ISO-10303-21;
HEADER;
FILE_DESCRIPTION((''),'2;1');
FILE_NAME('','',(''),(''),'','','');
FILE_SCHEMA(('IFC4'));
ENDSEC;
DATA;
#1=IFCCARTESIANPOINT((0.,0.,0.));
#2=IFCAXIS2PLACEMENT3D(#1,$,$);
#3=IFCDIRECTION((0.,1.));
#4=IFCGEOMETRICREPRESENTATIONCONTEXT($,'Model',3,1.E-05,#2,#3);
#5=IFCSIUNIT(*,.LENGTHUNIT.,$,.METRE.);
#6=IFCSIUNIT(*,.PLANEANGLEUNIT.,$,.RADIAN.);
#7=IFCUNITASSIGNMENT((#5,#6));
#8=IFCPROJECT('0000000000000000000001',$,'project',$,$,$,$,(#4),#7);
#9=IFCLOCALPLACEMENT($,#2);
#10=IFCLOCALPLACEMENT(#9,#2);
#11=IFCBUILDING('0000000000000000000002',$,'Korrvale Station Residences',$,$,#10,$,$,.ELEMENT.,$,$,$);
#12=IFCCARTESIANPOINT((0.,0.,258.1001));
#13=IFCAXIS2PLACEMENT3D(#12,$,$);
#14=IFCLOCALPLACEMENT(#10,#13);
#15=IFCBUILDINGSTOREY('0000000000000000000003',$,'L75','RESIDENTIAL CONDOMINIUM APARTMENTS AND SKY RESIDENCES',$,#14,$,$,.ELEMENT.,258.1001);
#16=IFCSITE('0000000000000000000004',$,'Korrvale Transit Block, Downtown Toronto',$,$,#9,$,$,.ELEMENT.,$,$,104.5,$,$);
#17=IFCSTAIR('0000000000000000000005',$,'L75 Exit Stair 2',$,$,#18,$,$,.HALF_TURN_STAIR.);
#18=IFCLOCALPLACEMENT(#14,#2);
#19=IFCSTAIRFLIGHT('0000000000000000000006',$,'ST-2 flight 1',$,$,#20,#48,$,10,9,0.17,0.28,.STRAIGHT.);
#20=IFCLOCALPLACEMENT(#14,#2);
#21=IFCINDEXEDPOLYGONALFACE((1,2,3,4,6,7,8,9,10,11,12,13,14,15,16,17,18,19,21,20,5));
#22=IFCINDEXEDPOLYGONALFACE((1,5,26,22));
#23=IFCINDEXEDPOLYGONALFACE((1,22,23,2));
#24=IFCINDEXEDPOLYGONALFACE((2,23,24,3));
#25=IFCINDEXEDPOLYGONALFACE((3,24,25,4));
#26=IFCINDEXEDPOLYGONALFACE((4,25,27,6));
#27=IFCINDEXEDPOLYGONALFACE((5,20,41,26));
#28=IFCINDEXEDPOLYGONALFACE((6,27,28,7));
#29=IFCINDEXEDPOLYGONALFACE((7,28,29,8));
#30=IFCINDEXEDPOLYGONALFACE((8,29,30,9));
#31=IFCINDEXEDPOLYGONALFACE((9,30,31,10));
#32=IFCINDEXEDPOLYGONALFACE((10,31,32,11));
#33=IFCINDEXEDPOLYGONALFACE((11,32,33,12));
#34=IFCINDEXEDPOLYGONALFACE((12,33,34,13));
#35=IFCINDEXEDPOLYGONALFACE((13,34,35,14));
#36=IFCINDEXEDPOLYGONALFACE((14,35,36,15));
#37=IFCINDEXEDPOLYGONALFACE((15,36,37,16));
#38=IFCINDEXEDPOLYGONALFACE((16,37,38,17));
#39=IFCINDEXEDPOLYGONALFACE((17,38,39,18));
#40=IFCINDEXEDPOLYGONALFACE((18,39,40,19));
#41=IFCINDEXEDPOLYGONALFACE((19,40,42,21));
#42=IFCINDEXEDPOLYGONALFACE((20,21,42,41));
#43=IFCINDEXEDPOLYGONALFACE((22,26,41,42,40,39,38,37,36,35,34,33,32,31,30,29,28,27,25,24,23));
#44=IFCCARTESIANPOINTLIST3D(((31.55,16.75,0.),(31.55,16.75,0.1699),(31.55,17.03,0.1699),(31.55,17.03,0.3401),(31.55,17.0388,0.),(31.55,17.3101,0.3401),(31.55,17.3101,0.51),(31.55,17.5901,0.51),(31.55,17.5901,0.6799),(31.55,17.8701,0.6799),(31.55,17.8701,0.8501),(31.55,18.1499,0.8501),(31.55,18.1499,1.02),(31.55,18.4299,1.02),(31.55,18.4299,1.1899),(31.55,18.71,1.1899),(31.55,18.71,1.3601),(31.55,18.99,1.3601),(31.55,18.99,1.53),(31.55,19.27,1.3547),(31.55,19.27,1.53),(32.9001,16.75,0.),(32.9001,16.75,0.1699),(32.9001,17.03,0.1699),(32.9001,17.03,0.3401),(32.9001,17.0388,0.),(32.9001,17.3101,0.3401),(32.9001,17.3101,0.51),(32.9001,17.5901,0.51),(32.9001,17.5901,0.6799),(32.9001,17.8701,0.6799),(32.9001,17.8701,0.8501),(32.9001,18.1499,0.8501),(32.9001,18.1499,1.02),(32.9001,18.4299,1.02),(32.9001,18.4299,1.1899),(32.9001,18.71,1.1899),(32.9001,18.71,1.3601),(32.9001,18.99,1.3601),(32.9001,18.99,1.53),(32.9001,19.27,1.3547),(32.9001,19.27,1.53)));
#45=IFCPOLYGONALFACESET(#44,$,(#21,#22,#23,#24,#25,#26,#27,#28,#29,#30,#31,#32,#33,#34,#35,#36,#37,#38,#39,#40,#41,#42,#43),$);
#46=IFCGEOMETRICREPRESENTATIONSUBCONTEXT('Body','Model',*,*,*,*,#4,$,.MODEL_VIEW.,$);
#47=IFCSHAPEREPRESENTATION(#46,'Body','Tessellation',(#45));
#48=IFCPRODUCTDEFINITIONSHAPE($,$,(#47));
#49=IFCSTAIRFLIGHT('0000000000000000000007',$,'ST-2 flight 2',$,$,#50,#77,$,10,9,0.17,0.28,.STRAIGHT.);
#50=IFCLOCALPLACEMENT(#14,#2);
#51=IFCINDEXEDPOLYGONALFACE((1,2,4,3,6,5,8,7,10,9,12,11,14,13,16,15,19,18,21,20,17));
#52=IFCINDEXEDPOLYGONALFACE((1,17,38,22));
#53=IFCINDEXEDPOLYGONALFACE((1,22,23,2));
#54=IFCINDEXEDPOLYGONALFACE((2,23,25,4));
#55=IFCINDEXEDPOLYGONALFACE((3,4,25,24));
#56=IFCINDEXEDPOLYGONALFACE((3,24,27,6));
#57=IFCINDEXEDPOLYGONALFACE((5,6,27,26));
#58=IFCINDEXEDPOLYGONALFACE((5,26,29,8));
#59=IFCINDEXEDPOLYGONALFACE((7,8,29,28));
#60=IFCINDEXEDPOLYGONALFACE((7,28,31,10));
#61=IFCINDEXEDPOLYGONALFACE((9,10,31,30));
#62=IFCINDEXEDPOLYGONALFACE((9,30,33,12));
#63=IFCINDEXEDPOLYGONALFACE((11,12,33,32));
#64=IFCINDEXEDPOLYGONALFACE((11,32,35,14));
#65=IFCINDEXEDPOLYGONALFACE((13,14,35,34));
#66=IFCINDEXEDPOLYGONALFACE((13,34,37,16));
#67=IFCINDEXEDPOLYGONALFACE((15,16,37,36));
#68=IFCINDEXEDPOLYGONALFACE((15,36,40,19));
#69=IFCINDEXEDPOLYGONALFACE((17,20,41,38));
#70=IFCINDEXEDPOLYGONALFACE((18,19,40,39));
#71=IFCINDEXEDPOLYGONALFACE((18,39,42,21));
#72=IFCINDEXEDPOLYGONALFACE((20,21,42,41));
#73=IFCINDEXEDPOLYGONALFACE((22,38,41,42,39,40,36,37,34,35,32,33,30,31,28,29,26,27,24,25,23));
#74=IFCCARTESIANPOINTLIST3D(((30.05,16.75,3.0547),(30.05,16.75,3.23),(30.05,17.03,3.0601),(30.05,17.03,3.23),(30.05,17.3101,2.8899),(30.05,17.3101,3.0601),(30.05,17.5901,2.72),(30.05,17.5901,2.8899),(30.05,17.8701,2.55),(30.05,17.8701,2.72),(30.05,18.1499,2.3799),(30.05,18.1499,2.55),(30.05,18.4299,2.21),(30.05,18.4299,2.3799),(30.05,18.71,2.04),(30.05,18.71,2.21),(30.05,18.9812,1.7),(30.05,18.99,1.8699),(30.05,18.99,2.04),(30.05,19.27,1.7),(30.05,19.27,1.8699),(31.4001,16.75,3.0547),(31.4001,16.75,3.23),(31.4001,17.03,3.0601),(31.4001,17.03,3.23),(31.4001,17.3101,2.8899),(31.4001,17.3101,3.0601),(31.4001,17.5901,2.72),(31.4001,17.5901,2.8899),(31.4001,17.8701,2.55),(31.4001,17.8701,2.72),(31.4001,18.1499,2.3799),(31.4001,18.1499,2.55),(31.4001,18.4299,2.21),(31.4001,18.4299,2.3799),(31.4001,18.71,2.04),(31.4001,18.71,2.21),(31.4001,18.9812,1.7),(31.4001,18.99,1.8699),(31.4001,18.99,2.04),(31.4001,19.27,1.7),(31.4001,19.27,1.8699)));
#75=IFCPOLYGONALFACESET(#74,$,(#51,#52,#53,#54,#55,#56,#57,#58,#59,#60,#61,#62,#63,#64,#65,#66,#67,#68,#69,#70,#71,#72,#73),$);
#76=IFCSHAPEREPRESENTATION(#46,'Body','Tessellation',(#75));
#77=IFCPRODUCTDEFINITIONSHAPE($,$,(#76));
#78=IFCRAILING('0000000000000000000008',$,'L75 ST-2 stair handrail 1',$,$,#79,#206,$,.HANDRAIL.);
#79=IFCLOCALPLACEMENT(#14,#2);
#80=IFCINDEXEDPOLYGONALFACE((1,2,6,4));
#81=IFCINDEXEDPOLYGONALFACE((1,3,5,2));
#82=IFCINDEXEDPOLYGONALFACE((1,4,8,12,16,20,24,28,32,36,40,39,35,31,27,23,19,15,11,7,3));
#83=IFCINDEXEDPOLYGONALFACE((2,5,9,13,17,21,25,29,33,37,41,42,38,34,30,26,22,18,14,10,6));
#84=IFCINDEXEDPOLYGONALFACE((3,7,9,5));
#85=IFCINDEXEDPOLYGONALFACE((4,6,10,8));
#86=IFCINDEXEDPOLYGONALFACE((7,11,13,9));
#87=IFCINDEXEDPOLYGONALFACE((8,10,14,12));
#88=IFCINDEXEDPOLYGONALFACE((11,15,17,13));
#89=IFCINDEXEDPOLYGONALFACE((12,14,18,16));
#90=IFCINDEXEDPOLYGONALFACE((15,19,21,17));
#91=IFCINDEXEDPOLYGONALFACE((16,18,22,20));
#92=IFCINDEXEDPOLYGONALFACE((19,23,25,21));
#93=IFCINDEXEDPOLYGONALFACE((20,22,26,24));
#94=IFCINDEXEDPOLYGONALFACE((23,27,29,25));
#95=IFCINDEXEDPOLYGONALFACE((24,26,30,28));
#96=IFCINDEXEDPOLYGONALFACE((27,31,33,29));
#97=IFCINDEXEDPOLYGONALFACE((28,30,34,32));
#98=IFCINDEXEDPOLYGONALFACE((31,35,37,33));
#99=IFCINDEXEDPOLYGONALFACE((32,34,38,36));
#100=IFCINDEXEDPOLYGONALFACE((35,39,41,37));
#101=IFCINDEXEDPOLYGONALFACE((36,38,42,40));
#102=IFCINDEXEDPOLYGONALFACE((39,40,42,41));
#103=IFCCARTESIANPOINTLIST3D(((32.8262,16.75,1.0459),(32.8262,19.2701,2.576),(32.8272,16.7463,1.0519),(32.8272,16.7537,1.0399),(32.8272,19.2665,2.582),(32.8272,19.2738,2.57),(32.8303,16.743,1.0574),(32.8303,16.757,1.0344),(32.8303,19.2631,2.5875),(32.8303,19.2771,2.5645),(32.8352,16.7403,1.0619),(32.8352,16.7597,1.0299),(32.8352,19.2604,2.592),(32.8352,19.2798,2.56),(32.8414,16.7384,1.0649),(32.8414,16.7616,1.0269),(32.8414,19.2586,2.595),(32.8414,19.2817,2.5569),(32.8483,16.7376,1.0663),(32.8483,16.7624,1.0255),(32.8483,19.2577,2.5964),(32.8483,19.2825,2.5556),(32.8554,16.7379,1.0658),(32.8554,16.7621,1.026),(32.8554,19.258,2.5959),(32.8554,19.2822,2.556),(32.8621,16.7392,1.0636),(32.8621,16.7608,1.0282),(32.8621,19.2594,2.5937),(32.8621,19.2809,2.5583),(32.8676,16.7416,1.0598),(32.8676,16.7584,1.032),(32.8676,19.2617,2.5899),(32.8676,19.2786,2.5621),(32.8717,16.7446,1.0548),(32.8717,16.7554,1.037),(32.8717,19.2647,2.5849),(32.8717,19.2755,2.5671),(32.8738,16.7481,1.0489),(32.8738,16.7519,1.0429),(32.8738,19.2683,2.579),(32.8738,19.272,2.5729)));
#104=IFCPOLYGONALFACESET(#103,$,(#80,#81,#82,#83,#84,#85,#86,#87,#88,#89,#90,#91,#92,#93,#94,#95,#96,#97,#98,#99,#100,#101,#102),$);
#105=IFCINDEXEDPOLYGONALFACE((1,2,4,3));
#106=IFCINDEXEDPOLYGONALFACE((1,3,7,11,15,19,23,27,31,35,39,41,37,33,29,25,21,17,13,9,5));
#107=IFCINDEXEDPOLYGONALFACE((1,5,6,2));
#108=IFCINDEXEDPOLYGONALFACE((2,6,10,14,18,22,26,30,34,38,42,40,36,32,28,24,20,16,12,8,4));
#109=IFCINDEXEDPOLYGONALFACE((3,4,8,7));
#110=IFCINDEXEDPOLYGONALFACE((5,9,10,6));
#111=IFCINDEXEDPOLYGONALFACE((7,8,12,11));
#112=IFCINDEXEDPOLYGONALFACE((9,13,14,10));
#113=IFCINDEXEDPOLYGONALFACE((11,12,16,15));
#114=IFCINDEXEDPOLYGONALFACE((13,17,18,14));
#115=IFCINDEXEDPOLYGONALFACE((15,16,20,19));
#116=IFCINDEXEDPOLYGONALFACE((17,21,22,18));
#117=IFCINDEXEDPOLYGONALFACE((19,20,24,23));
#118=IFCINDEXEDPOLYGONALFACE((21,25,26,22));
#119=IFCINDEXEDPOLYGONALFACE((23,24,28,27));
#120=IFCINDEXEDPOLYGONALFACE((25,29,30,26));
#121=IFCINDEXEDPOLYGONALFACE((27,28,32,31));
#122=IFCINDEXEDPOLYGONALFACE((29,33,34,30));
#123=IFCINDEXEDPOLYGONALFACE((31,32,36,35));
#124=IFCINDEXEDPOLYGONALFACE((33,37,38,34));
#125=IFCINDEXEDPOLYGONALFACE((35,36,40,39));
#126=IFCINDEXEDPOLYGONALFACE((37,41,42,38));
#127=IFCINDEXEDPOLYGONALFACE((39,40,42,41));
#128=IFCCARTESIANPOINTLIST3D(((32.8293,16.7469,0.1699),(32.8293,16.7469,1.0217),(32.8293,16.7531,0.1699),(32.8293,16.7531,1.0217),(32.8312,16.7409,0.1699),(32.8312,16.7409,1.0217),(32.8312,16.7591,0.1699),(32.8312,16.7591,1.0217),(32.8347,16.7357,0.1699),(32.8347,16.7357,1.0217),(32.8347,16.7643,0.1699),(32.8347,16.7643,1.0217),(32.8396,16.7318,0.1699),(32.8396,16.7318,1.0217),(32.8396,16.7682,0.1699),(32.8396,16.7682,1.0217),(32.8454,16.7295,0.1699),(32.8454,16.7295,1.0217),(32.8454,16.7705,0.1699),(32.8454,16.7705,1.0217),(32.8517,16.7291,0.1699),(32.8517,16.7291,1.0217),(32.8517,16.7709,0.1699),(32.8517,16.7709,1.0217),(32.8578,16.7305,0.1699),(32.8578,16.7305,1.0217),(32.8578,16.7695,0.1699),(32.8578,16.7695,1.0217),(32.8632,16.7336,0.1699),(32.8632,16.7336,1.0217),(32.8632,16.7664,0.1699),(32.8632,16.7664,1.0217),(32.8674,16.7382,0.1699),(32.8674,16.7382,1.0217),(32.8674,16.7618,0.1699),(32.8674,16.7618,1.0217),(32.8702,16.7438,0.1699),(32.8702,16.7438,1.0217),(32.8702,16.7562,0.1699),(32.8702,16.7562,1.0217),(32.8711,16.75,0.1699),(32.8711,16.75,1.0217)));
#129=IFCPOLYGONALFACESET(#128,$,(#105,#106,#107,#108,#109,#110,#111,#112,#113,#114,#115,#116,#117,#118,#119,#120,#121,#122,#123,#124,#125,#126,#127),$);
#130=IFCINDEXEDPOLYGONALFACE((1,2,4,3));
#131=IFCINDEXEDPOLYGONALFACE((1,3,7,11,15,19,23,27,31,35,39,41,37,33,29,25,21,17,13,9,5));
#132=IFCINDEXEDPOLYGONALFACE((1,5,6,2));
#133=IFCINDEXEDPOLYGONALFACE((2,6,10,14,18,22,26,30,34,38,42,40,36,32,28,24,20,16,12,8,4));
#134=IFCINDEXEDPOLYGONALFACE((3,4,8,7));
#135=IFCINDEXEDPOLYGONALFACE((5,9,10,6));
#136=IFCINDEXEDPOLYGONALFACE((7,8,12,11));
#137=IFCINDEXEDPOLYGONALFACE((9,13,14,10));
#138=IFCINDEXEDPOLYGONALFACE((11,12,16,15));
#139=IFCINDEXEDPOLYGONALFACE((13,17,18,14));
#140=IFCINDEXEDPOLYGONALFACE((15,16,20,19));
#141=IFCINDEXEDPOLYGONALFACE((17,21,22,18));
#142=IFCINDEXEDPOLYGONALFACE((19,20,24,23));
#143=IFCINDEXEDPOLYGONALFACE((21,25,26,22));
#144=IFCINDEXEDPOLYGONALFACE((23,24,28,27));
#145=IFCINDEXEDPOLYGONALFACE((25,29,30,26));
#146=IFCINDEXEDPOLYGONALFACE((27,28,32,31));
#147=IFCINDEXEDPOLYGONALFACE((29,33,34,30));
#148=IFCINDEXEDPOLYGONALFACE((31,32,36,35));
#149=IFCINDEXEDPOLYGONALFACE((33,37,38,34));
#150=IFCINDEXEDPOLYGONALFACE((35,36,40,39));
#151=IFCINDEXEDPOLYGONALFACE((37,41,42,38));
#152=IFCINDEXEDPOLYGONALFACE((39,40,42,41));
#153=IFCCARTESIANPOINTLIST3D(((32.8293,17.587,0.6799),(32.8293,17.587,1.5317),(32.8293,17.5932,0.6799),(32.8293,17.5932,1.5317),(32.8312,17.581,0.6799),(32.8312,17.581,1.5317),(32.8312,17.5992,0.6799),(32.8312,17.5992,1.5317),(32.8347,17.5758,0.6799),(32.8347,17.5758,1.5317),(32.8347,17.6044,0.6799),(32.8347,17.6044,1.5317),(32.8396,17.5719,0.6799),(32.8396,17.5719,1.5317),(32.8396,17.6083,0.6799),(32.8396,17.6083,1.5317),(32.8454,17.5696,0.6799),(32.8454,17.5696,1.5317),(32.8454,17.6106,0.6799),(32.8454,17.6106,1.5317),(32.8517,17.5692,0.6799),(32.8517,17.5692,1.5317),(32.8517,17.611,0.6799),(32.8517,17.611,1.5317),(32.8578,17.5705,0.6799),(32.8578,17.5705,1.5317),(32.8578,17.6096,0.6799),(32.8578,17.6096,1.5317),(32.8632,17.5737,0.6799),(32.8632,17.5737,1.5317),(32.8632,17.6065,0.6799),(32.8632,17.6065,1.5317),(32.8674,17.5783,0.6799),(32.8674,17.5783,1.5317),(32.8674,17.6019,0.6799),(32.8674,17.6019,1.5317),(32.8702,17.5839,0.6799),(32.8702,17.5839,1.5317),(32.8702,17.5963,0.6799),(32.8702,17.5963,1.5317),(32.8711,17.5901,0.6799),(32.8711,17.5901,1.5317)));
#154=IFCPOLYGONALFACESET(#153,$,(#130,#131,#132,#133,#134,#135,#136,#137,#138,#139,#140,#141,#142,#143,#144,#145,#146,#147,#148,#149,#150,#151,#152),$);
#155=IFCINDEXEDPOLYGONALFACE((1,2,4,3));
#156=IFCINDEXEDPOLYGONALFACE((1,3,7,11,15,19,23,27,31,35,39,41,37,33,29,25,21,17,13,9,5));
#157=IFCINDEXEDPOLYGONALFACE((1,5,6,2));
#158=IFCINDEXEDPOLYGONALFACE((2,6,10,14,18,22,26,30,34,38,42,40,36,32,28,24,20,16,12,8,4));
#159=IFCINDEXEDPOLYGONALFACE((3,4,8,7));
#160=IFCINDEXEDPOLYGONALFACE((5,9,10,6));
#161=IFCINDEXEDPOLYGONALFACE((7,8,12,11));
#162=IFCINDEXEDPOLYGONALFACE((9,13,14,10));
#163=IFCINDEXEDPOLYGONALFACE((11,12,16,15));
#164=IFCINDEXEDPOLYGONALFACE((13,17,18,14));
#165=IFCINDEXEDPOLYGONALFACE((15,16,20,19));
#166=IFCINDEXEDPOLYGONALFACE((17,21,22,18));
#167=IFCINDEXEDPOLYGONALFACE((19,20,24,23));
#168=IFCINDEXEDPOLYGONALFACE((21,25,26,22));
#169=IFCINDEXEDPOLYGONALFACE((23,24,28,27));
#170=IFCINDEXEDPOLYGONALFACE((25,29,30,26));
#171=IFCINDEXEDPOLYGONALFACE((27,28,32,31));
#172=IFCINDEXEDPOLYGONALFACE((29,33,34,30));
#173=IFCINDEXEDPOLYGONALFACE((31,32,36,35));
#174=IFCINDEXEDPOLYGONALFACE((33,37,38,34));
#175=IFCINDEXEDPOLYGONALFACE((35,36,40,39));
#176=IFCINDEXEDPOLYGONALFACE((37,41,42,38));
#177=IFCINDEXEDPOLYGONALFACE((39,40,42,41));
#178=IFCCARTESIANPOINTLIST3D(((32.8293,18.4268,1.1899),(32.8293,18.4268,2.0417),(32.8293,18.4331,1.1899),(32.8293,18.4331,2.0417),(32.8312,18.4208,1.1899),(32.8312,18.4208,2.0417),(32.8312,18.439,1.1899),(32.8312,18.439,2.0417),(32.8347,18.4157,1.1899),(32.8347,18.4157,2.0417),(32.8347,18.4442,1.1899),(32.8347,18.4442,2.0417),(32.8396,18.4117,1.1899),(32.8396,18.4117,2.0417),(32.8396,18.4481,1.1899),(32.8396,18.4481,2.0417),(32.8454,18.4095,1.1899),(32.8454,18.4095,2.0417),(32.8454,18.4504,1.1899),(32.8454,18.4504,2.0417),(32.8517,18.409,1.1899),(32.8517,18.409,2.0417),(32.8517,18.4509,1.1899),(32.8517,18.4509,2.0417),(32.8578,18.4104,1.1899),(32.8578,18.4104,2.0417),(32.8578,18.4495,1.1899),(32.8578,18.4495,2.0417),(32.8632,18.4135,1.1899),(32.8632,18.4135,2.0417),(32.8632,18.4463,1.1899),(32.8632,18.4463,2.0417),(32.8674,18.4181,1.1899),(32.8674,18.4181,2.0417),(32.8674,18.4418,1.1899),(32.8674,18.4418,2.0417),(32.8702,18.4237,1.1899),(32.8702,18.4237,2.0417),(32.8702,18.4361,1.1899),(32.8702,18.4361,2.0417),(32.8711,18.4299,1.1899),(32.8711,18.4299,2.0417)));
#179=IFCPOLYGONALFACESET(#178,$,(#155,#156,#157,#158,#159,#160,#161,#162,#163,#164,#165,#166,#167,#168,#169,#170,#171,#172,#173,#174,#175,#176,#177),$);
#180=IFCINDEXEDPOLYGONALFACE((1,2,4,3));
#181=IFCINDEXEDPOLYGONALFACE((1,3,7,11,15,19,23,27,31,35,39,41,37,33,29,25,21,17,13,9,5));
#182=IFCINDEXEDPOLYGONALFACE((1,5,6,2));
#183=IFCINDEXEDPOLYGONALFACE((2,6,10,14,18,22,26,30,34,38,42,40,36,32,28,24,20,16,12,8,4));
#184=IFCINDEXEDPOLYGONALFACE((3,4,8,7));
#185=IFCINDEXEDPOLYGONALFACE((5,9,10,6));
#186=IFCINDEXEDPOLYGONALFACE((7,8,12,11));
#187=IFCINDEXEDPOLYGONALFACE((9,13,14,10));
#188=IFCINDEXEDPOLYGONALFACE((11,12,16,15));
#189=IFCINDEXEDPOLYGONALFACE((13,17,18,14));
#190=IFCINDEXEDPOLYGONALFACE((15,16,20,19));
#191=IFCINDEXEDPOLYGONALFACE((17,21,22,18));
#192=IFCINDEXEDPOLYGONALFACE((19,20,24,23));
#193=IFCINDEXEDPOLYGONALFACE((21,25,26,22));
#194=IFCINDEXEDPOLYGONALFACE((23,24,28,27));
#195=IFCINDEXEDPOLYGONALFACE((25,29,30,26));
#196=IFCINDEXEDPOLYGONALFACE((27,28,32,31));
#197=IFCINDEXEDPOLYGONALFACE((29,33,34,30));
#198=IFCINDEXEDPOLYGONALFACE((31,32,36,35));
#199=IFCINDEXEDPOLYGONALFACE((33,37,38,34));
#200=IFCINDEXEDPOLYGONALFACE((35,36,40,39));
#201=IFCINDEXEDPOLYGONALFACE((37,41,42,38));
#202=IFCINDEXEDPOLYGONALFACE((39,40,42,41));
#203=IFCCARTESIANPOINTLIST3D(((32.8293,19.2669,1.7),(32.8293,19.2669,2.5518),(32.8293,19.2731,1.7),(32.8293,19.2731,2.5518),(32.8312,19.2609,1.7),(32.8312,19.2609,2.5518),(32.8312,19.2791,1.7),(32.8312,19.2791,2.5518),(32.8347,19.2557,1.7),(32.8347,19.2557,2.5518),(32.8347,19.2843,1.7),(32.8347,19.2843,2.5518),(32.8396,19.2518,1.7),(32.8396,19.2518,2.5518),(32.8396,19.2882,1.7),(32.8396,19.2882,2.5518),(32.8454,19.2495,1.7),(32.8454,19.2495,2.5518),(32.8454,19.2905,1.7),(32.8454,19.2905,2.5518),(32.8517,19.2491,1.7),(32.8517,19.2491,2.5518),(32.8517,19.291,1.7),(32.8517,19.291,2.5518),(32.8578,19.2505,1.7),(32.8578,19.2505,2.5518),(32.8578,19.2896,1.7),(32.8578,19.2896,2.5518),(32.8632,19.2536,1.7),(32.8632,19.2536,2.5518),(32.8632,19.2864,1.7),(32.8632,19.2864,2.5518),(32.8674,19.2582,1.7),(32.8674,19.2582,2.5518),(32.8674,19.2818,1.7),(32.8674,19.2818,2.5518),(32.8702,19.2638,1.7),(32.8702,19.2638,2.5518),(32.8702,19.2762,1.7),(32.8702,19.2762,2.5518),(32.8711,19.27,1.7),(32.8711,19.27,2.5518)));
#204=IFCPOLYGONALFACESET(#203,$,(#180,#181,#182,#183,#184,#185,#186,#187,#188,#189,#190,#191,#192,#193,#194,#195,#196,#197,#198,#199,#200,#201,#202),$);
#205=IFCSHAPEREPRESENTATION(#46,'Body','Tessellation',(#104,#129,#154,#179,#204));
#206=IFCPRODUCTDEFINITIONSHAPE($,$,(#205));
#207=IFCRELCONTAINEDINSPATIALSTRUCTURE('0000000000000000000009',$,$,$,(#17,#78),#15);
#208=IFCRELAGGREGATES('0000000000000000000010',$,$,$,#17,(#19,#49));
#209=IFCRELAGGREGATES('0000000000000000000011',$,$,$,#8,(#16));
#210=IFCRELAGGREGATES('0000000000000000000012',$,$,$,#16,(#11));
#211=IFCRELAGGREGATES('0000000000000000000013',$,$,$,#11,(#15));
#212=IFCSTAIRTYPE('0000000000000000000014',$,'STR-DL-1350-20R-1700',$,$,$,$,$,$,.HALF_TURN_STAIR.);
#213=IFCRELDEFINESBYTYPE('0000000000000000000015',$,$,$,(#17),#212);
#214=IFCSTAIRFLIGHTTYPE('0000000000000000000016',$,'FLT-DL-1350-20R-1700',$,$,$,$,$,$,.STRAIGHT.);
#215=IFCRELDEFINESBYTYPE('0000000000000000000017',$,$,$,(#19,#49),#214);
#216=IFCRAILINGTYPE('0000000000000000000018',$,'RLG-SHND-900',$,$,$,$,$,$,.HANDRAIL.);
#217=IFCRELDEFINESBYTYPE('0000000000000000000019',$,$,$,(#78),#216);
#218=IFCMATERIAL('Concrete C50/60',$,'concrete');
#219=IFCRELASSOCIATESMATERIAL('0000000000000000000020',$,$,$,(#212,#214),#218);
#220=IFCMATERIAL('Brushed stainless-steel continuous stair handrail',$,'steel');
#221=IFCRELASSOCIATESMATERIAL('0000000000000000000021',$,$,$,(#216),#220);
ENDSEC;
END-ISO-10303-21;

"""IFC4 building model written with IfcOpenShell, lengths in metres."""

from ifc_helpers import new_model, si_unit, direction, frame, origin, origin_2d, place, context, subcontext, project, spatial, polyline, circle, outline, extrude, material, type_object, element, aggregate, save


model = new_model("IFC4")

# Units and contexts
model_context = context("Model", 3, precision=1e-05, world=origin(), true_north=direction((0.0, 1.0)))
body_context = subcontext(model_context, "Body", "Model", "MODEL_VIEW")
ifc_project = project(units=[si_unit("LENGTHUNIT", "METRE"), si_unit("PLANEANGLEUNIT", "RADIAN")], contexts=[model_context])

# Site, building, storey
site_placement = place(None, origin())
site = spatial("IfcSite", under=ifc_project, at=site_placement, Name="Korrvale Transit Block, Downtown Toronto", CompositionType="ELEMENT", RefElevation=104.5)
building_placement = place(site_placement, origin())
building = spatial("IfcBuilding", under=site, at=building_placement, Name="Korrvale Station Residences", CompositionType="ELEMENT")
storey_placement = place(building_placement, frame((0.0, 0.0, 258.1001)))
storey = spatial("IfcBuildingStorey", under=building, at=storey_placement, Name="L75", Description="RESIDENTIAL CONDOMINIUM APARTMENTS AND SKY RESIDENCES", CompositionType="ELEMENT", Elevation=258.1001)

# Shared definitions
ifc_material_1 = material(Name="Concrete C50/60", Category="concrete")

# Stair, stair flights
stair_type = type_object("IfcStairType", Name="STR-DL-1350-20R-1700", PredefinedType="HALF_TURN_STAIR", material=ifc_material_1)
stair_placement = place(storey_placement, origin())
stair = element("IfcStair", 1, at=stair_placement, inside=storey, type_object=stair_type, Name="L75 Exit Stair 2", PredefinedType="HALF_TURN_STAIR")
stair_flight_type = type_object("IfcStairFlightType", Name="FLT-DL-1350-20R-1700", PredefinedType="STRAIGHT", material=ifc_material_1)
stair_flight_1_placement = place(storey_placement, frame((32.2251, 16.75, 0.0), z_axis=(0.0, 0.0, 1.0), x_axis=(0.0, 1.0, 0.0)))
stair_flight_1 = element("IfcStairFlight", 2, at=stair_flight_1_placement, type_object=stair_flight_type, Name="ST-2 flight 1", NumberOfRisers=10, NumberOfTreads=9, PredefinedType="STRAIGHT", RiserHeight=0.17, TreadLength=0.28, context=body_context, shape_type="SweptSolid", body=[
    extrude(outline(polyline([(0.0, 0.0), (0.0, 0.1699), (0.28, 0.1699), (0.28, 0.3401), (0.5601, 0.3401), (0.5601, 0.51), (0.8401, 0.51), (0.8401, 0.6799), (1.1201, 0.6799), (1.1201, 0.8501), (1.3999, 0.8501), (1.3999, 1.02), (1.6799, 1.02), (1.6799, 1.1899), (1.96, 1.1899), (1.96, 1.3601), (2.24, 1.3601), (2.24, 1.53), (2.52, 1.53), (2.52, 1.7), (2.52, 1.3547), (0.2888, 0.0), (0.0, 0.0)])), frame((0.0, 0.675, 0.0), z_axis=(0.0, -1.0, 0.0), x_axis=(1.0, 0.0, 0.0)), (0.0, 0.0, 1.0), 1.3501),
])
stair_flight_2_placement = place(storey_placement, frame((30.7251, 19.27, 1.7), z_axis=(0.0, 0.0, 1.0), x_axis=(0.0, -1.0, 0.0)))
stair_flight_2 = element("IfcStairFlight", 3, at=stair_flight_2_placement, type_object=stair_flight_type, Name="ST-2 flight 2", NumberOfRisers=10, NumberOfTreads=9, PredefinedType="STRAIGHT", RiserHeight=0.17, TreadLength=0.28, context=body_context, shape_type="SweptSolid", body=[
    extrude(outline(polyline([(0.0, 0.0), (0.0, 0.1699), (0.28, 0.1699), (0.28, 0.3401), (0.5601, 0.3401), (0.5601, 0.51), (0.8401, 0.51), (0.8401, 0.6799), (1.1201, 0.6799), (1.1201, 0.8501), (1.3999, 0.8501), (1.3999, 1.02), (1.6799, 1.02), (1.6799, 1.1899), (1.96, 1.1899), (1.96, 1.3601), (2.24, 1.3601), (2.24, 1.53), (2.52, 1.53), (2.52, 1.7), (2.52, 1.3547), (0.2888, 0.0), (0.0, 0.0)])), frame((0.0, 0.675, 0.0), z_axis=(0.0, -1.0, 0.0), x_axis=(1.0, 0.0, 0.0)), (0.0, 0.0, 1.0), 1.3501),
])
aggregate(stair, [stair_flight_1, stair_flight_2])

# Railing
ifc_material_2 = material(Name="Brushed stainless-steel continuous stair handrail", Category="steel")
railing_type_1 = type_object("IfcRailingType", Name="RLG-SHND-900", PredefinedType="HANDRAIL", material=ifc_material_2)
railing_1_placement = place(storey_placement, frame((32.8501, 16.75, 0.1699)))
element("IfcRailing", 4, at=railing_1_placement, inside=storey, type_object=railing_type_1, Name="L75 ST-2 stair handrail 1", PredefinedType="HANDRAIL", context=body_context, shape_type="SweptSolid", body=[
    extrude(circle(Radius=0.0239, at=origin_2d()), frame((0.0, 0.0, 0.876), z_axis=(0.0, 0.854785, 0.518982), x_axis=(-1.0, 0.0, 0.0)), (0.0, 0.0, 1.0), 2.9482),
    extrude(circle(Radius=0.021, at=origin_2d()), origin(), (0.0, 0.0, 1.0), 0.8518),
    extrude(circle(Radius=0.021, at=origin_2d()), frame((0.0, 0.8401, 0.51)), (0.0, 0.0, 1.0), 0.8518),
    extrude(circle(Radius=0.021, at=origin_2d()), frame((0.0, 1.6799, 1.02)), (0.0, 0.0, 1.0), 0.8518),
    extrude(circle(Radius=0.021, at=origin_2d()), frame((0.0, 2.52, 1.53)), (0.0, 0.0, 1.0), 0.8518),
])

save(model, "model.ifc")
